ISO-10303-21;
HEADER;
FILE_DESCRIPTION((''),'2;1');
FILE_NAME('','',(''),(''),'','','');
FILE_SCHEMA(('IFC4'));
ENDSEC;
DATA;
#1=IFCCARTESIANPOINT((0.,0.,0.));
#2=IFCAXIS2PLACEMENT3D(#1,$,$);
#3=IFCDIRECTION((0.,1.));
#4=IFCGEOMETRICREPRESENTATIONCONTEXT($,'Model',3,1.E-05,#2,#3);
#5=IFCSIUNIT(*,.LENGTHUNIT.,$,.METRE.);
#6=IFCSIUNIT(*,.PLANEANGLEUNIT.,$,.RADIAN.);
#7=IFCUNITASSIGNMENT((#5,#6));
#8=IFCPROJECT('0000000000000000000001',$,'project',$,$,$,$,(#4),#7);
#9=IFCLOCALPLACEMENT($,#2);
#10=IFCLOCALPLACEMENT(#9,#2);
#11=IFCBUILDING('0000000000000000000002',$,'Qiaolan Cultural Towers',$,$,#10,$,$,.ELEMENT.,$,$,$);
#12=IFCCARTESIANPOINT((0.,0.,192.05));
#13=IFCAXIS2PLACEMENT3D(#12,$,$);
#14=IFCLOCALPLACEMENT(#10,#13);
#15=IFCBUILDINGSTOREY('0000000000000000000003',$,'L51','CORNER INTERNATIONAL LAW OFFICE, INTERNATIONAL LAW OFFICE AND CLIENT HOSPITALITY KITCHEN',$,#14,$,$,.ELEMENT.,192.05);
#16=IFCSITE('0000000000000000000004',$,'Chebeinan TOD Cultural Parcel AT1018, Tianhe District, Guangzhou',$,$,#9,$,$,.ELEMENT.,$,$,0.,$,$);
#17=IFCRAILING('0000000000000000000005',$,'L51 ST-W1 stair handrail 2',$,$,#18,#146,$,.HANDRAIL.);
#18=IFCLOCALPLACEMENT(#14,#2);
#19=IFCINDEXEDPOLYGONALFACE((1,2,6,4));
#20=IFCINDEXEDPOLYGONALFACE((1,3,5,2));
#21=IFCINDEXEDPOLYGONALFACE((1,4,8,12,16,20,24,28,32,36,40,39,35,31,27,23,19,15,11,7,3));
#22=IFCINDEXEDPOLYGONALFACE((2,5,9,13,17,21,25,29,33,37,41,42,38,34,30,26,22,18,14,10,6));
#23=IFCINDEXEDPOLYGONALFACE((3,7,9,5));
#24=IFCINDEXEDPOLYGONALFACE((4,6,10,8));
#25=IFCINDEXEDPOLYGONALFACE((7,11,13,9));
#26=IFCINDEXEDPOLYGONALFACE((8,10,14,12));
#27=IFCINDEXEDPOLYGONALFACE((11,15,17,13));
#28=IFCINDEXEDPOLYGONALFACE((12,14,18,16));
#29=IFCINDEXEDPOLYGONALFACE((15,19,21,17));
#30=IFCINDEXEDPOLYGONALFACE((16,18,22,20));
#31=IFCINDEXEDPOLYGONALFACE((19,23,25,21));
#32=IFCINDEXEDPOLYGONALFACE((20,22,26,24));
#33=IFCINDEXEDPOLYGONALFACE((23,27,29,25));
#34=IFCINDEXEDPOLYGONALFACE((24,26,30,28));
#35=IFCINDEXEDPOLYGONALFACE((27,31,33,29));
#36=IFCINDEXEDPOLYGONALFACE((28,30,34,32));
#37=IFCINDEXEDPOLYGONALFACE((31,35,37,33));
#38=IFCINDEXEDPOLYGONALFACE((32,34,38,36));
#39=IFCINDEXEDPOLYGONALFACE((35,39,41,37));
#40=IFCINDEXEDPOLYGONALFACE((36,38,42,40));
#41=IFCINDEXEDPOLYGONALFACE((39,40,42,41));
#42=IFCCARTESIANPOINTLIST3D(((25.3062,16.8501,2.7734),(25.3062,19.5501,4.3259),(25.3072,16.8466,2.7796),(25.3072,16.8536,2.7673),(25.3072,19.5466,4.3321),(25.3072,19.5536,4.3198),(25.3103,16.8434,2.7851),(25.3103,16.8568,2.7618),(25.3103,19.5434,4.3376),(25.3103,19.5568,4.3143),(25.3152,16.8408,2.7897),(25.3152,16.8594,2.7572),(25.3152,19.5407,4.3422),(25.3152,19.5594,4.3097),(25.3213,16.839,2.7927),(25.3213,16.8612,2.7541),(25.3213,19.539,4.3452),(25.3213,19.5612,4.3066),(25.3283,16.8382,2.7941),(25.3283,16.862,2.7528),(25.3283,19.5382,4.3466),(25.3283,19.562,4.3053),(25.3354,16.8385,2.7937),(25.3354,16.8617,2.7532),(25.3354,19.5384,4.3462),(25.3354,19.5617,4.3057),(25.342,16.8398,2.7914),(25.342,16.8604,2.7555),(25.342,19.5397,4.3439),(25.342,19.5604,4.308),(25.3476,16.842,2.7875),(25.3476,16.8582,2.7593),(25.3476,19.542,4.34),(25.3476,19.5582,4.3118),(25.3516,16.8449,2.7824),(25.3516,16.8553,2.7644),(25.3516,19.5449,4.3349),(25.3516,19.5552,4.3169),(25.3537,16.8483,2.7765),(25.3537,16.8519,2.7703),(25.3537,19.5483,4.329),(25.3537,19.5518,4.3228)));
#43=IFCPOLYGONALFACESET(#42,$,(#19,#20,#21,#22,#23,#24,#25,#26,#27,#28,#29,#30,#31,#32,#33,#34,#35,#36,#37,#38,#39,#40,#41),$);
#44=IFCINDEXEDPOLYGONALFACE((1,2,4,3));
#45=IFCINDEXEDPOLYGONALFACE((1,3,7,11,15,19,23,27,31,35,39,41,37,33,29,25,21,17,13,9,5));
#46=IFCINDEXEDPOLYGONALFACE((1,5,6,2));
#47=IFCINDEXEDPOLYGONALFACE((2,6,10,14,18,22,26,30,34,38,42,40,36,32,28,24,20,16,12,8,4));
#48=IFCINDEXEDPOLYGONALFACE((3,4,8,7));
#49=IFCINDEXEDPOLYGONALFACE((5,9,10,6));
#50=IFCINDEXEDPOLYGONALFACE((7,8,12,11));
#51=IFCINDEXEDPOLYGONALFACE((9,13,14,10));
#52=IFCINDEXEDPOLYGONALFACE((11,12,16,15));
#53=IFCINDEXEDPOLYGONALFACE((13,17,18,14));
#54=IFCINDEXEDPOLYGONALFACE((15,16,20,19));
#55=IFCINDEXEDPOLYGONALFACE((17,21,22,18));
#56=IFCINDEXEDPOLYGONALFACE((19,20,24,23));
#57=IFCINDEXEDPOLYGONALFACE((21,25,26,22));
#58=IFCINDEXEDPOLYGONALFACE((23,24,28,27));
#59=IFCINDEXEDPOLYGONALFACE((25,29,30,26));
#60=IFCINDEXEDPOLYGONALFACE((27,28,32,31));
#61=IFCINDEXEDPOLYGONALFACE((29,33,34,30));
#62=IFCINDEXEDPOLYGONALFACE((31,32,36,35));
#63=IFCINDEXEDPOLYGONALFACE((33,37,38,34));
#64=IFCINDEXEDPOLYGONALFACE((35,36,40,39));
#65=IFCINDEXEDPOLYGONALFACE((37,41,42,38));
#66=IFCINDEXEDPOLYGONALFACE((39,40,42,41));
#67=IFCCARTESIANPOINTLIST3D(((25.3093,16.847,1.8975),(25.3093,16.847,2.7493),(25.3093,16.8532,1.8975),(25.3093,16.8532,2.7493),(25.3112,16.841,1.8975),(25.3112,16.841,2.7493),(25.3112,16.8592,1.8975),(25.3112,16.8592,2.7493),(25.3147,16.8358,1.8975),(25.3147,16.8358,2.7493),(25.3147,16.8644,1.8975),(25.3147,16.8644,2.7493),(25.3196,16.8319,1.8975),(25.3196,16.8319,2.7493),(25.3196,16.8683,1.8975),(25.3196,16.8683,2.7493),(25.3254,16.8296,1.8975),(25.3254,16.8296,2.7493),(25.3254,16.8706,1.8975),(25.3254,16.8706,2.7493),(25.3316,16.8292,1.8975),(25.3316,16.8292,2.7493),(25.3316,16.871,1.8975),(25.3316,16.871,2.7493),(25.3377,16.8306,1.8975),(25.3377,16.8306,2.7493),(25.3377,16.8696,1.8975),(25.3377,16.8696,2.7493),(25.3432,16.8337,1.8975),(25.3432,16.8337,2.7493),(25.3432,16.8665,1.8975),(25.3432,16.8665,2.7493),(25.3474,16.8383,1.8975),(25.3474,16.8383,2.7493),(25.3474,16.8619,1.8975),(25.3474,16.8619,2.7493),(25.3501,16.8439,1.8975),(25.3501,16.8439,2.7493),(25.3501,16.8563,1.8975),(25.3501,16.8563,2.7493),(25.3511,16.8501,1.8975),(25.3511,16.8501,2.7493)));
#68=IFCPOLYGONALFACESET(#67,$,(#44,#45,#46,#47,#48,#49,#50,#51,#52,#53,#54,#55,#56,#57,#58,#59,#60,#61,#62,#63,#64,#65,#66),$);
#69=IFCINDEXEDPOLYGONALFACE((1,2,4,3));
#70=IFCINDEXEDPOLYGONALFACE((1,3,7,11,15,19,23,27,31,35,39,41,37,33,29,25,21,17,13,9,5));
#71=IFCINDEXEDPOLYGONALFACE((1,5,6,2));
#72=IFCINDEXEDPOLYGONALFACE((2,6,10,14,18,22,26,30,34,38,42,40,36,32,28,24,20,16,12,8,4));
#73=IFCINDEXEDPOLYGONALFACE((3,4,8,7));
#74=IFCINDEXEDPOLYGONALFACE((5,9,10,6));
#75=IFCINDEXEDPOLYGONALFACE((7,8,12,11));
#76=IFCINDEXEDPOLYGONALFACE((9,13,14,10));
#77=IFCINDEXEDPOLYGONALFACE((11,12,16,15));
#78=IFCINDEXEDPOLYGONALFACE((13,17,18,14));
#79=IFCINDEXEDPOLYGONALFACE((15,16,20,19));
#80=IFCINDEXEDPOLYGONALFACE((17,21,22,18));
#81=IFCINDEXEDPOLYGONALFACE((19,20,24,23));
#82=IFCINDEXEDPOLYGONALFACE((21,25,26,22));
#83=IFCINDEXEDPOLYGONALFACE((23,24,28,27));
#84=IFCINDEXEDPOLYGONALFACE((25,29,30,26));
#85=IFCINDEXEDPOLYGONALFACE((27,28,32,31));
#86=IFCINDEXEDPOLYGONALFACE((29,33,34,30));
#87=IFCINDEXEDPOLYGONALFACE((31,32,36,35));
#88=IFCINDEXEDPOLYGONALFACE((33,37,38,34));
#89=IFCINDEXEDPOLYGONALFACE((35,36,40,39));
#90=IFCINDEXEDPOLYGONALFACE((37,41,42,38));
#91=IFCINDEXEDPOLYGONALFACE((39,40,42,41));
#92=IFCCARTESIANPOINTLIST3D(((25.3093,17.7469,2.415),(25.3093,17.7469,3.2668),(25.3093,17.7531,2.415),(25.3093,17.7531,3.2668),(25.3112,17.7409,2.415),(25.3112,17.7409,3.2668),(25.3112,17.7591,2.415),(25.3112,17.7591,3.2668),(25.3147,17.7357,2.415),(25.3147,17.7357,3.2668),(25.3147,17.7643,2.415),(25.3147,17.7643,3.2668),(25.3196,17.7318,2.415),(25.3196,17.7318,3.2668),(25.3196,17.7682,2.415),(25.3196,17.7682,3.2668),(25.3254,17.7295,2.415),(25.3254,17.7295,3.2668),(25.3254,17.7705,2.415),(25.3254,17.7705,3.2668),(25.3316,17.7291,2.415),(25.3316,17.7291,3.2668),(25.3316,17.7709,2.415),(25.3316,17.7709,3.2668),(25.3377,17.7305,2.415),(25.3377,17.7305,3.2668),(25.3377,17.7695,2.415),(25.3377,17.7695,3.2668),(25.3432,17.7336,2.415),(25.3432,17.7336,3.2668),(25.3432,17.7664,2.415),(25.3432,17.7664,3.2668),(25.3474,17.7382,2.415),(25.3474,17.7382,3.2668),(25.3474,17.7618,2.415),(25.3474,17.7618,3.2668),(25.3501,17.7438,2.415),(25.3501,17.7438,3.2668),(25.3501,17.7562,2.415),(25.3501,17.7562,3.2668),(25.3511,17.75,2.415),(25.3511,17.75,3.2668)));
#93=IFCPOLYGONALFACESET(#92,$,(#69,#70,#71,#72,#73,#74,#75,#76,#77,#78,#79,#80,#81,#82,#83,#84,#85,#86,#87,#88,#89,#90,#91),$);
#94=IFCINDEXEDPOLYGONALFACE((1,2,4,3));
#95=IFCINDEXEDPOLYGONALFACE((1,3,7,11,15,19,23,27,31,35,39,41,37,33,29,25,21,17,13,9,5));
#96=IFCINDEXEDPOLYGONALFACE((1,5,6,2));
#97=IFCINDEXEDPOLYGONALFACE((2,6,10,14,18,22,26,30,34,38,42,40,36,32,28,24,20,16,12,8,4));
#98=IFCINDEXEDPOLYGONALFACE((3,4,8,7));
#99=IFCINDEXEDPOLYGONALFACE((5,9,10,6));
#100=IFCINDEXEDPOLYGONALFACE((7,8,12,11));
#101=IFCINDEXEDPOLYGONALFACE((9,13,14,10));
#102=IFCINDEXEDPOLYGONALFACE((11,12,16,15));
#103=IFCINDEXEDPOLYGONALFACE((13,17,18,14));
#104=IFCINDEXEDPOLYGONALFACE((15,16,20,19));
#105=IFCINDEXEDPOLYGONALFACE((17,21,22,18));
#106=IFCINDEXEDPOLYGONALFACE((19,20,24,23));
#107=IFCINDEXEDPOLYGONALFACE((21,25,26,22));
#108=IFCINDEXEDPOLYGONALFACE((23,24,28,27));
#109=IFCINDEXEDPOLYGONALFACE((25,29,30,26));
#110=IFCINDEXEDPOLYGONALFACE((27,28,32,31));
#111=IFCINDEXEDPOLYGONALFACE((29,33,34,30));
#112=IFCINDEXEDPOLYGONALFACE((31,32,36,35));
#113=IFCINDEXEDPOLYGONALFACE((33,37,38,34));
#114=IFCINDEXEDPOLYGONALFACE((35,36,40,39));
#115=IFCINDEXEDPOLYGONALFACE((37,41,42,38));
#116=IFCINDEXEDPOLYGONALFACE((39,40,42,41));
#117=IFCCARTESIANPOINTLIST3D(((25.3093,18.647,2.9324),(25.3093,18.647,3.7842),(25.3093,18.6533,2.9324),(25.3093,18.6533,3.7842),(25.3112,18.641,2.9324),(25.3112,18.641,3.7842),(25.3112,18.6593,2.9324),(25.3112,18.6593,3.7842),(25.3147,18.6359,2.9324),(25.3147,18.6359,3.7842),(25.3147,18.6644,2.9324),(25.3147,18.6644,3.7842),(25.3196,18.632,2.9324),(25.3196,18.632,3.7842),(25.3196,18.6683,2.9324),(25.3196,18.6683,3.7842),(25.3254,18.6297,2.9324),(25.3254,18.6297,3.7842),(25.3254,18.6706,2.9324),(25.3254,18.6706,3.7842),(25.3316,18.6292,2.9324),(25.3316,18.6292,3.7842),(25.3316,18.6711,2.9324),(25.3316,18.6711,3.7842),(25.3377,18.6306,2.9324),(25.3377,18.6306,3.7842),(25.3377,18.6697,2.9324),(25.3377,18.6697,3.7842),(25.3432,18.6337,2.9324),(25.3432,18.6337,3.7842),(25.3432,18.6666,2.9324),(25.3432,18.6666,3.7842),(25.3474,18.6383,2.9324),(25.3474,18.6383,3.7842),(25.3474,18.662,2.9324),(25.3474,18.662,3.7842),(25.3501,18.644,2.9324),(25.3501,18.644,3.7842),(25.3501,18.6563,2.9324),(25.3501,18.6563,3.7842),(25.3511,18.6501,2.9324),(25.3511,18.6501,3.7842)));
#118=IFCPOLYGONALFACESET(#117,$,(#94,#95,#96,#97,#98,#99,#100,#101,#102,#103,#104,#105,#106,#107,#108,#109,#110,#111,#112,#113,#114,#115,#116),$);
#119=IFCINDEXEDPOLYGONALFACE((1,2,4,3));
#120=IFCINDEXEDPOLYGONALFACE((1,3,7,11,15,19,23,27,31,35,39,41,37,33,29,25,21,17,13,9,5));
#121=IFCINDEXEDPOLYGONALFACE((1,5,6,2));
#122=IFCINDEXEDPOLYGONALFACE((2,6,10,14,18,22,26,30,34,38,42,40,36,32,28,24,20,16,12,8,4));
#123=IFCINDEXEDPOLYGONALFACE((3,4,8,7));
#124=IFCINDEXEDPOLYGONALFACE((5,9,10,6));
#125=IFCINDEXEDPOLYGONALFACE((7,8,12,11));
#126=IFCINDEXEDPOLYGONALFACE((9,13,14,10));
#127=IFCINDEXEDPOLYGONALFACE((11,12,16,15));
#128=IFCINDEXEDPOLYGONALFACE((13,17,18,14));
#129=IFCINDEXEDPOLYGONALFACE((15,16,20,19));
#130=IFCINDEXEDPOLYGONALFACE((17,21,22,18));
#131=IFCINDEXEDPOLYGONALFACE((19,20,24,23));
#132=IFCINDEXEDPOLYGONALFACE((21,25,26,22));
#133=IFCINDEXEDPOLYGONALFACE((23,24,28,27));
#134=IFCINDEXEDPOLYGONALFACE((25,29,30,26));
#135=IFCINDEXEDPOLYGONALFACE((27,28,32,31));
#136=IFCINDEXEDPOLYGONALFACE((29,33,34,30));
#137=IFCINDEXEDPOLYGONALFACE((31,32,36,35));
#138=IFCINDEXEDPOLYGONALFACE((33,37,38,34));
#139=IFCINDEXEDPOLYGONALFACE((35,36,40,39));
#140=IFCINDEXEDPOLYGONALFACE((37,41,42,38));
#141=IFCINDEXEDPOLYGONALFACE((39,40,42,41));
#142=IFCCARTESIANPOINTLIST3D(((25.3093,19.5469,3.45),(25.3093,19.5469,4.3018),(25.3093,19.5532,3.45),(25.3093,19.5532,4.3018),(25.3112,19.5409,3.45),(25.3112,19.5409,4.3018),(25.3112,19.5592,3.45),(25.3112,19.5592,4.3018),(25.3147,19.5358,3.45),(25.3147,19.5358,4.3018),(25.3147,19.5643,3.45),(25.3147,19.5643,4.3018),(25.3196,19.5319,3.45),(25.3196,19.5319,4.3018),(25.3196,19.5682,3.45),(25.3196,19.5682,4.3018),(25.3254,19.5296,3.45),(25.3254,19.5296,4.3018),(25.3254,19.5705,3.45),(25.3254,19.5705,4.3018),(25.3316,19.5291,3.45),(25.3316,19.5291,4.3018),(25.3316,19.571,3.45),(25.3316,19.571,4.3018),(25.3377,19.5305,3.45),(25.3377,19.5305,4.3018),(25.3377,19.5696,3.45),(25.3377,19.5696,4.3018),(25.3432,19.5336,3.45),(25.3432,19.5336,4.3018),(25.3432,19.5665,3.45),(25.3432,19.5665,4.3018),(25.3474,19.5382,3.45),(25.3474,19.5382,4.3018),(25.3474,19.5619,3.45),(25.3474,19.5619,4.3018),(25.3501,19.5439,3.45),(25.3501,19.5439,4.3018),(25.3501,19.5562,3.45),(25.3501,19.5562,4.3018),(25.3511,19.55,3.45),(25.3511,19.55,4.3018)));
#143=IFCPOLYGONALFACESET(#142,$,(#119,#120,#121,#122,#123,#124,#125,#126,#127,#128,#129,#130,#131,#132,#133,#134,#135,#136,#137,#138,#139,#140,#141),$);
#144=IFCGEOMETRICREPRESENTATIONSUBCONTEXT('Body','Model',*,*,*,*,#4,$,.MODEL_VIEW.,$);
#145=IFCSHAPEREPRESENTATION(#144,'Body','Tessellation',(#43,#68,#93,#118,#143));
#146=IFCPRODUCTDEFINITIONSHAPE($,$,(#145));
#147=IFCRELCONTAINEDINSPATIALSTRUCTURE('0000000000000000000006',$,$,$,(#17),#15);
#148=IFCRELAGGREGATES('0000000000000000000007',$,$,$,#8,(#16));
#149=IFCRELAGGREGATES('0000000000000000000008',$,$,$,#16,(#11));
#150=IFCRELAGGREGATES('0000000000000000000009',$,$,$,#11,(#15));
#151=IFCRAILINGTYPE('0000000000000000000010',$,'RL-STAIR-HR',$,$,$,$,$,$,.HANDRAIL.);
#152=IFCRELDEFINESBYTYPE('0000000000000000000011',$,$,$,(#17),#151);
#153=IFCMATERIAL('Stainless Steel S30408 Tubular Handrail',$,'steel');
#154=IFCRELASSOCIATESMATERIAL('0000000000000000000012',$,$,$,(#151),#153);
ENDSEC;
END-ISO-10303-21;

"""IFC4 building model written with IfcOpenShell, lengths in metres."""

from ifc_helpers import new_model, si_unit, direction, frame, origin, origin_2d, place, context, subcontext, project, spatial, circle, extrude, material, type_object, element, save


model = new_model("IFC4")

# Units and contexts
model_context = context("Model", 3, precision=1e-05, world=origin(), true_north=direction((0.0, 1.0)))
body_context = subcontext(model_context, "Body", "Model", "MODEL_VIEW")
ifc_project = project(units=[si_unit("LENGTHUNIT", "METRE"), si_unit("PLANEANGLEUNIT", "RADIAN")], contexts=[model_context])

# Site, building, storey
site_placement = place(None, origin())
site = spatial("IfcSite", under=ifc_project, at=site_placement, Name="Chebeinan TOD Cultural Parcel AT1018, Tianhe District, Guangzhou", CompositionType="ELEMENT", RefElevation=0.0)
building_placement = place(site_placement, origin())
building = spatial("IfcBuilding", under=site, at=building_placement, Name="Qiaolan Cultural Towers", CompositionType="ELEMENT")
storey_placement = place(building_placement, frame((0.0, 0.0, 192.05)))
storey = spatial("IfcBuildingStorey", under=building, at=storey_placement, Name="L51", Description="CORNER INTERNATIONAL LAW OFFICE, INTERNATIONAL LAW OFFICE AND CLIENT HOSPITALITY KITCHEN", CompositionType="ELEMENT", Elevation=192.05)

# Railing
ifc_material_1 = material(Name="Stainless Steel S30408 Tubular Handrail", Category="steel")
railing_type = type_object("IfcRailingType", Name="RL-STAIR-HR", PredefinedType="HANDRAIL", material=ifc_material_1)
railing_placement = place(storey_placement, frame((25.3301, 16.8501, 1.8975)))
element("IfcRailing", 1, at=railing_placement, inside=storey, type_object=railing_type, Name="L51 ST-W1 stair handrail 2", PredefinedType="HANDRAIL", context=body_context, shape_type="SweptSolid", body=[
    extrude(circle(Radius=0.0239, at=origin_2d()), frame((0.0, 0.0, 0.876), z_axis=(0.0, 0.866904, 0.498476), x_axis=(-1.0, 0.0, 0.0)), (0.0, 0.0, 1.0), 3.1145),
    extrude(circle(Radius=0.021, at=origin_2d()), origin(), (0.0, 0.0, 1.0), 0.8518),
    extrude(circle(Radius=0.021, at=origin_2d()), frame((0.0, 0.8999, 0.5176)), (0.0, 0.0, 1.0), 0.8518),
    extrude(circle(Radius=0.021, at=origin_2d()), frame((0.0, 1.8, 1.0349)), (0.0, 0.0, 1.0), 0.8518),
    extrude(circle(Radius=0.021, at=origin_2d()), frame((0.0, 2.7, 1.5525)), (0.0, 0.0, 1.0), 0.8518),
])

save(model, "model.ifc")
